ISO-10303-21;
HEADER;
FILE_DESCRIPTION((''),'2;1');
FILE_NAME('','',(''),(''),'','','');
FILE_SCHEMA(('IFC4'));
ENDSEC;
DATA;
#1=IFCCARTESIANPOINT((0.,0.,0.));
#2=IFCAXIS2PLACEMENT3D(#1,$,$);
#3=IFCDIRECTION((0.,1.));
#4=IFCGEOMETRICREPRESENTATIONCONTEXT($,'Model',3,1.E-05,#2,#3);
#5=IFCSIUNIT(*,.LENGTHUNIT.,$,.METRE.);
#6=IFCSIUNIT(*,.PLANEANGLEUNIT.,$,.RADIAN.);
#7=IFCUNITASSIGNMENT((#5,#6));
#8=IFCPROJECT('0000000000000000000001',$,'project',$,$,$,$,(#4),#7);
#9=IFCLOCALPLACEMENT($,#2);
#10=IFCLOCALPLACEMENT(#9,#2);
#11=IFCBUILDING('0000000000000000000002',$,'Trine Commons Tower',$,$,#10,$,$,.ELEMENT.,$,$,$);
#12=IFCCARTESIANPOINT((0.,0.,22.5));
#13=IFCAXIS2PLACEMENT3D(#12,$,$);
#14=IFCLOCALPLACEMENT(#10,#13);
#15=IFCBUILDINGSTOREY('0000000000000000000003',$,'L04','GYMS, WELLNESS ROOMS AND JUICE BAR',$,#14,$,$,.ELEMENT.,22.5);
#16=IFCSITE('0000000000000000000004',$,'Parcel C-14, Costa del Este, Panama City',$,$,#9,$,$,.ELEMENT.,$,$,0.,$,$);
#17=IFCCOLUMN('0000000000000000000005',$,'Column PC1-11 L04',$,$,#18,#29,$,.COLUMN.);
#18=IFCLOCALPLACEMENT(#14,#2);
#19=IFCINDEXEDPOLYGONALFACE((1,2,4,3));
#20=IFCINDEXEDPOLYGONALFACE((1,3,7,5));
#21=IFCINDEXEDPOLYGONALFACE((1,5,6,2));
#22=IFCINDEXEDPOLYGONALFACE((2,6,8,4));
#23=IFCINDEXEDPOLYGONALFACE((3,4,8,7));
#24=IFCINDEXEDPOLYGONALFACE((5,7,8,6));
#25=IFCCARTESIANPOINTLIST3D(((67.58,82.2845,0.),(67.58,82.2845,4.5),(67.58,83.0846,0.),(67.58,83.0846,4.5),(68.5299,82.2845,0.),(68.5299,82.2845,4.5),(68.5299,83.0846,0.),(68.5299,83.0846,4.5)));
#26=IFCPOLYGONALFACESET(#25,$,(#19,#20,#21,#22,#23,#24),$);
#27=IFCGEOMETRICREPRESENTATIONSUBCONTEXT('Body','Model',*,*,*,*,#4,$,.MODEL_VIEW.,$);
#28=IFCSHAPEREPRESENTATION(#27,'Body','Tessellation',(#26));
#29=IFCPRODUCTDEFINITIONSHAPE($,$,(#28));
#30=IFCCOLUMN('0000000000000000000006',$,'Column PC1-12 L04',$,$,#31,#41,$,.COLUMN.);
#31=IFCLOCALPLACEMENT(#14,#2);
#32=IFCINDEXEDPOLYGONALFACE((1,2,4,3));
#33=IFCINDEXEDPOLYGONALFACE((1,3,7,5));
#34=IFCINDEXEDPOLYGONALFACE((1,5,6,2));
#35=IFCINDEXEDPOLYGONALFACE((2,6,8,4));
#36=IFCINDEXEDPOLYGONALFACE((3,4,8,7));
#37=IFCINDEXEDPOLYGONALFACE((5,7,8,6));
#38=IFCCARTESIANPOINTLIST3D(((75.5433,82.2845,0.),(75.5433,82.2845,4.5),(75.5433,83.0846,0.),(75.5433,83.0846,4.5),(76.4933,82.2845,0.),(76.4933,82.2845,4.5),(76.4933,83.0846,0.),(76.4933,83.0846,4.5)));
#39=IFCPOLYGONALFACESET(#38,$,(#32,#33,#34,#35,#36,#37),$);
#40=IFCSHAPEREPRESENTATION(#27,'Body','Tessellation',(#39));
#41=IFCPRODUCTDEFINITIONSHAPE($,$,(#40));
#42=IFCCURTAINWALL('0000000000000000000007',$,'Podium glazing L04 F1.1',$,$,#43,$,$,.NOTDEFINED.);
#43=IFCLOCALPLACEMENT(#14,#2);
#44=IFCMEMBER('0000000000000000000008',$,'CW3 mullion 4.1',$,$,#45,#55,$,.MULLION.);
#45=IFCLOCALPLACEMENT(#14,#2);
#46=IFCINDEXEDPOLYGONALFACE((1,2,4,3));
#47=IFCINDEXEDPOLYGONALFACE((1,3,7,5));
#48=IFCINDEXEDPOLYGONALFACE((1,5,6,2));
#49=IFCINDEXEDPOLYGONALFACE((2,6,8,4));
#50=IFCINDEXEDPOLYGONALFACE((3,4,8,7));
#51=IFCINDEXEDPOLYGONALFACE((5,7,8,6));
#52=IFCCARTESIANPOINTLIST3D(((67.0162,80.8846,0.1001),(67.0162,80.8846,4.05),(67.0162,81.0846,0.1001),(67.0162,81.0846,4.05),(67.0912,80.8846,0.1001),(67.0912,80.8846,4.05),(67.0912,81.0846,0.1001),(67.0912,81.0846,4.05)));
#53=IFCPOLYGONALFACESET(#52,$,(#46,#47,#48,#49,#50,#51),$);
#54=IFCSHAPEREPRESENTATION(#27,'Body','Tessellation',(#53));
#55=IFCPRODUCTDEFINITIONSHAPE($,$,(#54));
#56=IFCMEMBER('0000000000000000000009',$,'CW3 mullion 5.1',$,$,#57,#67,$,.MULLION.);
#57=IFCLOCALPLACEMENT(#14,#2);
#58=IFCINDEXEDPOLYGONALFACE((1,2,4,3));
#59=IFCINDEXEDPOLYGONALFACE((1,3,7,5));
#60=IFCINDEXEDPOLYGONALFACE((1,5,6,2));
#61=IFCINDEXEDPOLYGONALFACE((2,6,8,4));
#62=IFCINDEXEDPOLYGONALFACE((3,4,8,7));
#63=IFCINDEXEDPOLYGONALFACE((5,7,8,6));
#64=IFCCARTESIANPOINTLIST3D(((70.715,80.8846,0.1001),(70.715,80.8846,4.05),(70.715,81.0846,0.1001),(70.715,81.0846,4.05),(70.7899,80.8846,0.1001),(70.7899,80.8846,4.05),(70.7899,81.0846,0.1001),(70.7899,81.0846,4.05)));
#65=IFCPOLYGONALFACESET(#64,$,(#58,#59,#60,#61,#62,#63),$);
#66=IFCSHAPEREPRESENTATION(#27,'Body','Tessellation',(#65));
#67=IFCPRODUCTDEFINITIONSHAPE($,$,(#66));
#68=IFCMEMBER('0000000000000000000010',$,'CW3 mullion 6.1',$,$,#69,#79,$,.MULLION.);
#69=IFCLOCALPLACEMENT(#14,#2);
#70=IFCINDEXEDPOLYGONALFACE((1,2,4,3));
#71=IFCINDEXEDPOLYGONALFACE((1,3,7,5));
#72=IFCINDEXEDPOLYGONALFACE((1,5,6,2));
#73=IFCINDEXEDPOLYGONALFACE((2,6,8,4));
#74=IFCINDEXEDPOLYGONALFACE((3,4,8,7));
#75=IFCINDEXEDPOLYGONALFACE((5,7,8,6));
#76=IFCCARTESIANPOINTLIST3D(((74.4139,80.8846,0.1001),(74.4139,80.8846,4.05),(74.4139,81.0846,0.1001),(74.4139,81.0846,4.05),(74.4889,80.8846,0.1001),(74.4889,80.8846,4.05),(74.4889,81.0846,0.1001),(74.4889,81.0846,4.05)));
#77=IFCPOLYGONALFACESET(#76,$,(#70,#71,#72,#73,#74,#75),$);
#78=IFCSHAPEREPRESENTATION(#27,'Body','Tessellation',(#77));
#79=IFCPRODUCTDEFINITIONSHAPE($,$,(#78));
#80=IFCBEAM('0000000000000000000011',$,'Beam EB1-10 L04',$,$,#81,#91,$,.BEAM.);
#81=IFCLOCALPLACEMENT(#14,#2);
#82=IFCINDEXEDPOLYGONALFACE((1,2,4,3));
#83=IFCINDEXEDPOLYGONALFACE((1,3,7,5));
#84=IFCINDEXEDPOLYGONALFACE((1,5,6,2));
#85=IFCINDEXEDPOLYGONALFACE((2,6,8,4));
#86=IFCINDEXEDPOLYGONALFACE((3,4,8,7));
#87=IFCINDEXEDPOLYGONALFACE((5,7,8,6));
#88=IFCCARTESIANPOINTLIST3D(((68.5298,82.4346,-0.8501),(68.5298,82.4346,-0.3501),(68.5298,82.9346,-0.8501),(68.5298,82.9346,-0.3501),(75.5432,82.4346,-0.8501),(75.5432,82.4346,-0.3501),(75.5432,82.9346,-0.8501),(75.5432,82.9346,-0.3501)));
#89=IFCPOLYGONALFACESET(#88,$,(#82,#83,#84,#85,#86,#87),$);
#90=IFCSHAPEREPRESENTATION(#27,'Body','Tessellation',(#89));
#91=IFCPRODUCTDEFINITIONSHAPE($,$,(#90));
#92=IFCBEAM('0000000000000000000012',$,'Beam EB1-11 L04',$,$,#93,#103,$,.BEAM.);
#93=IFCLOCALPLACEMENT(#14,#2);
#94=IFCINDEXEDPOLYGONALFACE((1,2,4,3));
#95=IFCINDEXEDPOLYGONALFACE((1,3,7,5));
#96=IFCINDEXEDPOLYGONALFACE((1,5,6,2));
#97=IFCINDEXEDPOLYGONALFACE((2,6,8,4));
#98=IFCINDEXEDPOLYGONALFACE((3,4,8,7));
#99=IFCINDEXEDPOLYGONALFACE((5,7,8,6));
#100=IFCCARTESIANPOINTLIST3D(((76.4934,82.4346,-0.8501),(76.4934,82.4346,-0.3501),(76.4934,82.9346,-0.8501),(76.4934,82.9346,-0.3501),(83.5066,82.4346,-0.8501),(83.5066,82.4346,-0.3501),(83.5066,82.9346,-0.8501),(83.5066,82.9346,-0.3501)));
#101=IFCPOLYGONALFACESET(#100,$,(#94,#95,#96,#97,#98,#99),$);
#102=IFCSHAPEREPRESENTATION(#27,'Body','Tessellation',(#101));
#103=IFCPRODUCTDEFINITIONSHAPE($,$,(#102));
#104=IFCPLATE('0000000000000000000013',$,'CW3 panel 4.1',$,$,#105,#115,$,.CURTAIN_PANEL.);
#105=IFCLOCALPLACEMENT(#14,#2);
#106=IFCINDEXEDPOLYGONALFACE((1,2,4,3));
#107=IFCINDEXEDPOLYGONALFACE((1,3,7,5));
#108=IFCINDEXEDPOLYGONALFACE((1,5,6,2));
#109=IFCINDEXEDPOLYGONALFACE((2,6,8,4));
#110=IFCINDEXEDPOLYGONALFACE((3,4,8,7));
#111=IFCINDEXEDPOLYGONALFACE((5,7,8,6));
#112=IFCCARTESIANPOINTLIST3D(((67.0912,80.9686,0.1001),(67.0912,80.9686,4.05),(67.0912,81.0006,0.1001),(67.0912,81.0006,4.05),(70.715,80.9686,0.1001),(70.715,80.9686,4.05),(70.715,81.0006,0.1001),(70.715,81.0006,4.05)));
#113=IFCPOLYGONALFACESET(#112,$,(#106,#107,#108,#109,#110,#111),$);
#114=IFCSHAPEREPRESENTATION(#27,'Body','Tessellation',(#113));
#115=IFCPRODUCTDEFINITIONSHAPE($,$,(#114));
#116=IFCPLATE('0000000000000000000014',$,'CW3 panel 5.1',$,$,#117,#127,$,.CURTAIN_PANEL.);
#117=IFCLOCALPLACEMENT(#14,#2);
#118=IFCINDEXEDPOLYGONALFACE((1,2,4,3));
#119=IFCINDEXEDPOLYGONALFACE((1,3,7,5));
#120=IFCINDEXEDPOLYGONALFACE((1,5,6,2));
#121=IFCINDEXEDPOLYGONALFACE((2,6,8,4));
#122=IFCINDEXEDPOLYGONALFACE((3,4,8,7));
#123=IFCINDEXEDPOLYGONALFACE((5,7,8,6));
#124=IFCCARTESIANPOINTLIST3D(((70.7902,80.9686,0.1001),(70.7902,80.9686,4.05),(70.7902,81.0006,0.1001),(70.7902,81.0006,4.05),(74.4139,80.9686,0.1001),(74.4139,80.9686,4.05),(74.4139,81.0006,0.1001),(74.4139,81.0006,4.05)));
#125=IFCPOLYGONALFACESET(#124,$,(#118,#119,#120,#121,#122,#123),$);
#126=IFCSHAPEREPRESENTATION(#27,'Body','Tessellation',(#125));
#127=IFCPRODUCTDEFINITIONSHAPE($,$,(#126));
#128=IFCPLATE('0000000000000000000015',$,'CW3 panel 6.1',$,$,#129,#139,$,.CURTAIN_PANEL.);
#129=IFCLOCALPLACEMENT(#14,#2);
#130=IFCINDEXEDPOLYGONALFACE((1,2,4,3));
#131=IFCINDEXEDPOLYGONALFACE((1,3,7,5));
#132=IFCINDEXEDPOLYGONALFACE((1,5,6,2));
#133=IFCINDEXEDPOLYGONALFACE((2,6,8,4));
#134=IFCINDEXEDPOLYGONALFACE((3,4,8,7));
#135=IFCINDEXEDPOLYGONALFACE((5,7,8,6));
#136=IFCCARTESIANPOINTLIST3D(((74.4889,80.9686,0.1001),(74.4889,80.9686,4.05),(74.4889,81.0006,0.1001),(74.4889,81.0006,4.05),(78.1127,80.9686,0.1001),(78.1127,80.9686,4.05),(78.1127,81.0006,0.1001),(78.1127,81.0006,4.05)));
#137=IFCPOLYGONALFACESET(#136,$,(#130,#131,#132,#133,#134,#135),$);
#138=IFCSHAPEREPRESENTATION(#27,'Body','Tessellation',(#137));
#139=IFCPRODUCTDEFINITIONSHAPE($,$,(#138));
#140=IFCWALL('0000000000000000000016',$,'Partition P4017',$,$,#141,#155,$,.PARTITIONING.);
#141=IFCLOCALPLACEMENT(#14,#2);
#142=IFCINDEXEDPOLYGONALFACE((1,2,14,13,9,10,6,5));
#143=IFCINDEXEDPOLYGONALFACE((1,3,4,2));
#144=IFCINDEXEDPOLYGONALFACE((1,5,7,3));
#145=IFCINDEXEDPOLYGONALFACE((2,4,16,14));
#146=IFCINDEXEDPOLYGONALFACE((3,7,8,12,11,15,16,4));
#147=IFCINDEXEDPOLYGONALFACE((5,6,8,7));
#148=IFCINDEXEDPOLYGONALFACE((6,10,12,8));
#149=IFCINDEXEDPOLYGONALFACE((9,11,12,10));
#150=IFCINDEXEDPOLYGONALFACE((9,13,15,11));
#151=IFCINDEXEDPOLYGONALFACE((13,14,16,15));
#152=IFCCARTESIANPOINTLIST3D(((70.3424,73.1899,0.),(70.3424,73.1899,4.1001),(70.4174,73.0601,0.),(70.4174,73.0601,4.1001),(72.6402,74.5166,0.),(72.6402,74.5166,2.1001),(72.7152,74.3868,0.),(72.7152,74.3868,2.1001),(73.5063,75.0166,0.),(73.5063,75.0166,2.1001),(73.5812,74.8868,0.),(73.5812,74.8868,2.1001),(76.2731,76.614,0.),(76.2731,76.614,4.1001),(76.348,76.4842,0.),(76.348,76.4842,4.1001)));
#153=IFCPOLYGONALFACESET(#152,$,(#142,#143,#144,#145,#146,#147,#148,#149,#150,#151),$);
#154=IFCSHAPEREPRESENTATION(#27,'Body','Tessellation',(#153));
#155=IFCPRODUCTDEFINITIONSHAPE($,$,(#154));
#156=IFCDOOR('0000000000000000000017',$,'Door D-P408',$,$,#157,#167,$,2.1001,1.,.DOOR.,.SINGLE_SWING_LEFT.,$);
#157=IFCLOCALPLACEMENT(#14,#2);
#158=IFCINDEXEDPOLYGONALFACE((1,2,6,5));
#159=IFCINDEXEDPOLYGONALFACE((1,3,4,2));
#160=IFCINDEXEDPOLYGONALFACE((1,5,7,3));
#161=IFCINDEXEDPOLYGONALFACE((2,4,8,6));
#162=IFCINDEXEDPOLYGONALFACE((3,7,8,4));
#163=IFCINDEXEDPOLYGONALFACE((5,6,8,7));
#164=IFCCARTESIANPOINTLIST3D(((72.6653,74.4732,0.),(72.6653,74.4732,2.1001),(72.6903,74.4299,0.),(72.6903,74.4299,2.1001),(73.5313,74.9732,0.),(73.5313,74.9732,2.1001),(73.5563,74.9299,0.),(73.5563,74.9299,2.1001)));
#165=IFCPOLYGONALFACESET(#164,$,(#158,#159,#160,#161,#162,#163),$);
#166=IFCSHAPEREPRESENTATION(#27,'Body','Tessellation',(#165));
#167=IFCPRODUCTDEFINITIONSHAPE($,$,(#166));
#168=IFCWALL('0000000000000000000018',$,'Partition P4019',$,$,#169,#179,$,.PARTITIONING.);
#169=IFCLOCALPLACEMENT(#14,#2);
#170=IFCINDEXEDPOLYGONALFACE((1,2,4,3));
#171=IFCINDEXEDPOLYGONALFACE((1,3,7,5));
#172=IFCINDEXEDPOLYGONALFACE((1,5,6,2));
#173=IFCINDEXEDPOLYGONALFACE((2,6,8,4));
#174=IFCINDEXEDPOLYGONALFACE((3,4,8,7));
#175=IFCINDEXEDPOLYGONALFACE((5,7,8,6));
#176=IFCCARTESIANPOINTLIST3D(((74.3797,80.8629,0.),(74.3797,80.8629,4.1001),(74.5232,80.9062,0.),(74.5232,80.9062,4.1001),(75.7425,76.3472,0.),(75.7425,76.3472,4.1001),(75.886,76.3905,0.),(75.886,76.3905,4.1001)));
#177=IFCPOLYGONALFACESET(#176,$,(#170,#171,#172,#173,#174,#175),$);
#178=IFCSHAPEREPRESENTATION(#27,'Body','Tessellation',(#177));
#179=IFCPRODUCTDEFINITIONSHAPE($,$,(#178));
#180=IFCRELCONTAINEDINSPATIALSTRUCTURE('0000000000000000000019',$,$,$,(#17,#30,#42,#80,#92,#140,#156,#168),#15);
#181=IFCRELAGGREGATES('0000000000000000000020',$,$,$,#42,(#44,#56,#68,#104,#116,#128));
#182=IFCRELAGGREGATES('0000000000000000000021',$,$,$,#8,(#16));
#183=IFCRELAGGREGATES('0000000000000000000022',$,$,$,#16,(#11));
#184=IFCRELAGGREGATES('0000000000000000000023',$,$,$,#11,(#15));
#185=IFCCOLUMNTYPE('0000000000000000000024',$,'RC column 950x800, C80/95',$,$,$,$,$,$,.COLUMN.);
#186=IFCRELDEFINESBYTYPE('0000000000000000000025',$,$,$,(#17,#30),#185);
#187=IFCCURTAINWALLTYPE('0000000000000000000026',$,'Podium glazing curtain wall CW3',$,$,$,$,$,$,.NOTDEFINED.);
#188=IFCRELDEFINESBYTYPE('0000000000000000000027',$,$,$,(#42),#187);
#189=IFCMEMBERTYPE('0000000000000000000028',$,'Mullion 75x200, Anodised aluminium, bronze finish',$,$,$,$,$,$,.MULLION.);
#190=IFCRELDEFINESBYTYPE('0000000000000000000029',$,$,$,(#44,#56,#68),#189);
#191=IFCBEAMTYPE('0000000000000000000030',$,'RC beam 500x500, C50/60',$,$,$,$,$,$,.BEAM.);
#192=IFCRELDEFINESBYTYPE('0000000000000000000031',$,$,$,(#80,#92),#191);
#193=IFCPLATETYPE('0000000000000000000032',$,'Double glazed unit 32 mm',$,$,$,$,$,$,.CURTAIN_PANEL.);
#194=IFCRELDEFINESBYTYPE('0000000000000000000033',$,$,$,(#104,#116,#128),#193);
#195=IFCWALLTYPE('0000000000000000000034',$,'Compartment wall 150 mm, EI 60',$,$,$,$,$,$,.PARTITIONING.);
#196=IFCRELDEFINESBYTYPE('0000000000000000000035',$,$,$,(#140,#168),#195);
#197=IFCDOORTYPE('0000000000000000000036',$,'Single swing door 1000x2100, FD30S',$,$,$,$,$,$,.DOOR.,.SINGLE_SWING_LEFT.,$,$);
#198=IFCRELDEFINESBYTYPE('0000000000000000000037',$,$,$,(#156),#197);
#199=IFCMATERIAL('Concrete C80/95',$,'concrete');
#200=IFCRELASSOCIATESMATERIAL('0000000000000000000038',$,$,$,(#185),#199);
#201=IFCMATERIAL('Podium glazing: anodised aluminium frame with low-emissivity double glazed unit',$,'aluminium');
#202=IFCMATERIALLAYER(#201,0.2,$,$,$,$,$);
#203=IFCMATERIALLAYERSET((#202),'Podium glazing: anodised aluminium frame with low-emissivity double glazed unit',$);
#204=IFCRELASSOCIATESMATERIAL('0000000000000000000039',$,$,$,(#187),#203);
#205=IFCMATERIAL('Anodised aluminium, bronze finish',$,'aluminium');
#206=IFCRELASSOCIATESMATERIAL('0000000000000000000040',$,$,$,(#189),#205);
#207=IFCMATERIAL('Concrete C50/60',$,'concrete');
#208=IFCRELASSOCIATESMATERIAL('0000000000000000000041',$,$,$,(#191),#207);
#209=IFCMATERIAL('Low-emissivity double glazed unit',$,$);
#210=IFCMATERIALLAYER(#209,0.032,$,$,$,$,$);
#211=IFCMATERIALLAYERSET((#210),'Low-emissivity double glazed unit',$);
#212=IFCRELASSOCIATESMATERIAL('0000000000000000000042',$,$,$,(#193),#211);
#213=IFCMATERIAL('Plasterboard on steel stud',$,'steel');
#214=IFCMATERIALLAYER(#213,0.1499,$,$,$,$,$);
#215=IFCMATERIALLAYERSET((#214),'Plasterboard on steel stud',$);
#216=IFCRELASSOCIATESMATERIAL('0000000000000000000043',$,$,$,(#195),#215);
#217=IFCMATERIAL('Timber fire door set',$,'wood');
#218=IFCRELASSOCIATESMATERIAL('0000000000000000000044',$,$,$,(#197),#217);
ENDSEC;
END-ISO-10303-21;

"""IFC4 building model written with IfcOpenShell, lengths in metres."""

from ifc_helpers import new_model, si_unit, direction, frame, frame_2d, origin, origin_2d, place, context, subcontext, project, spatial, rectangle, extrude, material, layer, layer_set, material_profile, profile_set, type_object, element, fill, aggregate, save


model = new_model("IFC4")

# Units and contexts
model_context = context("Model", 3, precision=1e-05, world=origin(), true_north=direction((0.0, 1.0)))
body_context = subcontext(model_context, "Body", "Model", "MODEL_VIEW")
ifc_project = project(units=[si_unit("LENGTHUNIT", "METRE"), si_unit("PLANEANGLEUNIT", "RADIAN")], contexts=[model_context])

# Site, building, storey
site_placement = place(None, origin())
site = spatial("IfcSite", under=ifc_project, at=site_placement, Name="Parcel C-14, Costa del Este, Panama City", CompositionType="ELEMENT", RefElevation=0.0)
building_placement = place(site_placement, origin())
building = spatial("IfcBuilding", under=site, at=building_placement, Name="Trine Commons Tower", CompositionType="ELEMENT")
storey_placement = place(building_placement, frame((0.0, 0.0, 22.5)))
storey = spatial("IfcBuildingStorey", under=building, at=storey_placement, Name="L04", Description="GYMS, WELLNESS ROOMS AND JUICE BAR", CompositionType="ELEMENT", Elevation=22.5)

# Columns
ifc_material_1 = material(Name="Concrete C80/95", Category="concrete")
ifc_material_profile_1 = material_profile(ifc_material_1, rectangle(XDim=0.95, YDim=0.8, at=origin_2d()), Name="RC 950x800")
ifc_profile_set_1 = profile_set([ifc_material_profile_1], Name="Concrete C80/95")
column_type = type_object("IfcColumnType", Name="RC column 950x800, C80/95", PredefinedType="COLUMN", material=ifc_profile_set_1)
for number, where, z_axis, x_axis, name in (
    (1, (68.0549, 82.6846, 0.0), (0.0, 0.0, 1.0), (1.0, 0.0, 0.0), "Column PC1-11 L04"),
    (2, (76.0183, 82.6846, 0.0), (0.0, 0.0, 1.0), (1.0, 0.0, 0.0), "Column PC1-12 L04"),
):
    element("IfcColumn", number, at=place(storey_placement, frame(where, z_axis=z_axis, x_axis=x_axis)), inside=storey, type_object=column_type, Name=name, PredefinedType="COLUMN", context=body_context, shape_type="SweptSolid", body=[
        extrude(rectangle(XDim=0.95, YDim=0.8, at=origin_2d()), origin(), (0.0, 0.0, 1.0), 4.5),
    ])

# Curtain wall, members
ifc_material_2 = material(Name="Podium glazing: anodised aluminium frame with low-emissivity double glazed unit", Category="aluminium")
ifc_layer_1 = layer(ifc_material_2, 0.2)
ifc_layer_set_1 = layer_set([ifc_layer_1], Name="Podium glazing: anodised aluminium frame with low-emissivity double glazed unit")
curtain_wall_type = type_object("IfcCurtainWallType", Name="Podium glazing curtain wall CW3", PredefinedType="NOTDEFINED", material=ifc_layer_set_1)
curtain_wall_placement = place(storey_placement, origin())
curtain_wall = element("IfcCurtainWall", 3, at=curtain_wall_placement, inside=storey, type_object=curtain_wall_type, Name="Podium glazing L04 F1.1", PredefinedType="NOTDEFINED")
ifc_material_3 = material(Name="Anodised aluminium, bronze finish", Category="aluminium")
ifc_material_profile_2 = material_profile(ifc_material_3, rectangle(XDim=0.2, YDim=0.075, at=origin_2d()), Name="Mullion 75x200")
ifc_profile_set_2 = profile_set([ifc_material_profile_2], Name="Anodised aluminium, bronze finish")
member_type = type_object("IfcMemberType", Name="Mullion 75x200, Anodised aluminium, bronze finish", PredefinedType="MULLION", material=ifc_profile_set_2)
member_1_placement = place(storey_placement, frame((67.0537, 80.9846, 0.1001), z_axis=(0.0, 0.0, 1.0), x_axis=(0.0, 1.0, 0.0)))
member_1 = element("IfcMember", 4, at=member_1_placement, type_object=member_type, Name="CW3 mullion 4.1", PredefinedType="MULLION", context=body_context, shape_type="SweptSolid", body=[
    extrude(rectangle(XDim=0.2, YDim=0.075, at=origin_2d()), origin(), (0.0, 0.0, 1.0), 3.95),
])
member_2_placement = place(storey_placement, frame((70.7524, 80.9846, 0.1001), z_axis=(0.0, 0.0, 1.0), x_axis=(0.0, 1.0, 0.0)))
member_2 = element("IfcMember", 5, at=member_2_placement, type_object=member_type, Name="CW3 mullion 5.1", PredefinedType="MULLION", context=body_context, shape_type="SweptSolid", body=[
    extrude(rectangle(XDim=0.2, YDim=0.075, at=origin_2d()), origin(), (0.0, 0.0, 1.0), 3.95),
])
member_3_placement = place(storey_placement, frame((74.4514, 80.9846, 0.1001), z_axis=(0.0, 0.0, 1.0), x_axis=(0.0, 1.0, 0.0)))
member_3 = element("IfcMember", 6, at=member_3_placement, type_object=member_type, Name="CW3 mullion 6.1", PredefinedType="MULLION", context=body_context, shape_type="SweptSolid", body=[
    extrude(rectangle(XDim=0.2, YDim=0.075, at=origin_2d()), origin(), (0.0, 0.0, 1.0), 3.95),
])

# Beams
ifc_material_4 = material(Name="Concrete C50/60", Category="concrete")
ifc_material_profile_3 = material_profile(ifc_material_4, rectangle(XDim=0.5, YDim=0.5, at=origin_2d()), Name="RC 500x500")
ifc_profile_set_3 = profile_set([ifc_material_profile_3], Name="Concrete C50/60")
beam_type = type_object("IfcBeamType", Name="RC beam 500x500, C50/60", PredefinedType="BEAM", material=ifc_profile_set_3)
beam_1_placement = place(storey_placement, frame((68.5298, 82.6846, -0.6001), z_axis=(1.0, 0.0, 0.0), x_axis=(0.0, 1.0, 0.0)))
element("IfcBeam", 7, at=beam_1_placement, inside=storey, type_object=beam_type, Name="Beam EB1-10 L04", PredefinedType="BEAM", context=body_context, shape_type="SweptSolid", body=[
    extrude(rectangle(XDim=0.5, YDim=0.5, at=origin_2d()), origin(), (0.0, 0.0, 1.0), 7.0134),
])
beam_2_placement = place(storey_placement, frame((76.4934, 82.6846, -0.6001), z_axis=(1.0, 0.0, 0.0), x_axis=(0.0, 1.0, 0.0)))
element("IfcBeam", 8, at=beam_2_placement, inside=storey, type_object=beam_type, Name="Beam EB1-11 L04", PredefinedType="BEAM", context=body_context, shape_type="SweptSolid", body=[
    extrude(rectangle(XDim=0.5, YDim=0.5, at=origin_2d()), origin(), (0.0, 0.0, 1.0), 7.0132),
])

# Plates
ifc_material_5 = material(Name="Low-emissivity double glazed unit")
ifc_layer_2 = layer(ifc_material_5, 0.032)
ifc_layer_set_2 = layer_set([ifc_layer_2], Name="Low-emissivity double glazed unit")
plate_type = type_object("IfcPlateType", Name="Double glazed unit 32 mm", PredefinedType="CURTAIN_PANEL", material=ifc_layer_set_2)
plate_1_placement = place(storey_placement, frame((68.9031, 80.9846, 0.1001), z_axis=(0.0, 0.0, 1.0), x_axis=(1.0, 0.0, 0.0)))
plate_1 = element("IfcPlate", 9, at=plate_1_placement, type_object=plate_type, Name="CW3 panel 4.1", PredefinedType="CURTAIN_PANEL", context=body_context, shape_type="SweptSolid", body=[
    extrude(rectangle(XDim=3.6238, YDim=0.032, at=origin_2d()), origin(), (0.0, 0.0, 1.0), 3.95),
])
plate_2_placement = place(storey_placement, frame((72.6021, 80.9846, 0.1001), z_axis=(0.0, 0.0, 1.0), x_axis=(1.0, 0.0, 0.0)))
plate_2 = element("IfcPlate", 10, at=plate_2_placement, type_object=plate_type, Name="CW3 panel 5.1", PredefinedType="CURTAIN_PANEL", context=body_context, shape_type="SweptSolid", body=[
    extrude(rectangle(XDim=3.6238, YDim=0.032, at=origin_2d()), origin(), (0.0, 0.0, 1.0), 3.95),
])
plate_3_placement = place(storey_placement, frame((76.3008, 80.9846, 0.1001), z_axis=(0.0, 0.0, 1.0), x_axis=(1.0, 0.0, 0.0)))
plate_3 = element("IfcPlate", 11, at=plate_3_placement, type_object=plate_type, Name="CW3 panel 6.1", PredefinedType="CURTAIN_PANEL", context=body_context, shape_type="SweptSolid", body=[
    extrude(rectangle(XDim=3.6238, YDim=0.032, at=origin_2d()), origin(), (0.0, 0.0, 1.0), 3.95),
])
aggregate(curtain_wall, [member_1, member_2, member_3, plate_1, plate_2, plate_3])

# Wall, opening, door
ifc_material_6 = material(Name="Plasterboard on steel stud", Category="steel")
ifc_layer_3 = layer(ifc_material_6, 0.1499)
ifc_layer_set_3 = layer_set([ifc_layer_3], Name="Plasterboard on steel stud")
wall_type_1 = type_object("IfcWallType", Name="Compartment wall 150 mm, EI 60", PredefinedType="PARTITIONING", material=ifc_layer_set_3)
wall_1_placement = place(storey_placement, frame((70.3799, 73.125, 0.0), z_axis=(0.0, 0.0, 1.0), x_axis=(0.866025, 0.5, 0.0)))
wall_1 = element("IfcWall", 12, at=wall_1_placement, inside=storey, type_object=wall_type_1, Name="Partition P4017", PredefinedType="PARTITIONING", context=body_context, shape_type="SweptSolid", body=[
    extrude(rectangle(XDim=6.8481, YDim=0.1499, at=frame_2d((3.4241, 0.0))), origin(), (0.0, 0.0, 1.0), 4.1001),
])
opening_1_placement = place(wall_1_placement, frame((2.6533, 0.0, 0.0)))
opening_1 = element("IfcOpeningElement", 13, at=opening_1_placement, cuts=wall_1, PredefinedType="OPENING", context=body_context, shape_type="SweptSolid", body=[
    extrude(rectangle(XDim=1.0, YDim=2.1001, at=frame_2d((0.5, 1.05))), frame((0.0, 0.085, 0.0), z_axis=(0.0, -1.0, 0.0), x_axis=(1.0, 0.0, 0.0)), (0.0, 0.0, 1.0), 0.1699),
])
ifc_material_7 = material(Name="Timber fire door set", Category="wood")
door_type_1 = type_object("IfcDoorType", Name="Single swing door 1000x2100, FD30S", OperationType="SINGLE_SWING_LEFT", PredefinedType="DOOR", material=ifc_material_7)
door_1_placement = place(opening_1_placement, origin())
door_1 = element("IfcDoor", 14, at=door_1_placement, inside=storey, type_object=door_type_1, Name="Door D-P408", OperationType="SINGLE_SWING_LEFT", OverallHeight=2.1001, OverallWidth=1.0, PredefinedType="DOOR", context=body_context, shape_type="SweptSolid", body=[
    extrude(rectangle(XDim=1.0, YDim=2.1001, at=frame_2d((0.5, 1.05))), frame((0.0, 0.0249, 0.0), z_axis=(0.0, -1.0, 0.0), x_axis=(1.0, 0.0, 0.0)), (0.0, 0.0, 1.0), 0.05),
])
fill(opening_1, door_1)

# Wall
wall_2_placement = place(storey_placement, frame((74.4514, 80.8845, 0.0), z_axis=(0.0, 0.0, 1.0), x_axis=(0.288924, -0.957352, 0.0)))
element("IfcWall", 15, at=wall_2_placement, inside=storey, type_object=wall_type_1, Name="Partition P4019", PredefinedType="PARTITIONING", context=body_context, shape_type="SweptSolid", body=[
    extrude(rectangle(XDim=4.7168, YDim=0.1499, at=frame_2d((2.3584, 0.0))), origin(), (0.0, 0.0, 1.0), 4.1001),
])

save(model, "model.ifc")
